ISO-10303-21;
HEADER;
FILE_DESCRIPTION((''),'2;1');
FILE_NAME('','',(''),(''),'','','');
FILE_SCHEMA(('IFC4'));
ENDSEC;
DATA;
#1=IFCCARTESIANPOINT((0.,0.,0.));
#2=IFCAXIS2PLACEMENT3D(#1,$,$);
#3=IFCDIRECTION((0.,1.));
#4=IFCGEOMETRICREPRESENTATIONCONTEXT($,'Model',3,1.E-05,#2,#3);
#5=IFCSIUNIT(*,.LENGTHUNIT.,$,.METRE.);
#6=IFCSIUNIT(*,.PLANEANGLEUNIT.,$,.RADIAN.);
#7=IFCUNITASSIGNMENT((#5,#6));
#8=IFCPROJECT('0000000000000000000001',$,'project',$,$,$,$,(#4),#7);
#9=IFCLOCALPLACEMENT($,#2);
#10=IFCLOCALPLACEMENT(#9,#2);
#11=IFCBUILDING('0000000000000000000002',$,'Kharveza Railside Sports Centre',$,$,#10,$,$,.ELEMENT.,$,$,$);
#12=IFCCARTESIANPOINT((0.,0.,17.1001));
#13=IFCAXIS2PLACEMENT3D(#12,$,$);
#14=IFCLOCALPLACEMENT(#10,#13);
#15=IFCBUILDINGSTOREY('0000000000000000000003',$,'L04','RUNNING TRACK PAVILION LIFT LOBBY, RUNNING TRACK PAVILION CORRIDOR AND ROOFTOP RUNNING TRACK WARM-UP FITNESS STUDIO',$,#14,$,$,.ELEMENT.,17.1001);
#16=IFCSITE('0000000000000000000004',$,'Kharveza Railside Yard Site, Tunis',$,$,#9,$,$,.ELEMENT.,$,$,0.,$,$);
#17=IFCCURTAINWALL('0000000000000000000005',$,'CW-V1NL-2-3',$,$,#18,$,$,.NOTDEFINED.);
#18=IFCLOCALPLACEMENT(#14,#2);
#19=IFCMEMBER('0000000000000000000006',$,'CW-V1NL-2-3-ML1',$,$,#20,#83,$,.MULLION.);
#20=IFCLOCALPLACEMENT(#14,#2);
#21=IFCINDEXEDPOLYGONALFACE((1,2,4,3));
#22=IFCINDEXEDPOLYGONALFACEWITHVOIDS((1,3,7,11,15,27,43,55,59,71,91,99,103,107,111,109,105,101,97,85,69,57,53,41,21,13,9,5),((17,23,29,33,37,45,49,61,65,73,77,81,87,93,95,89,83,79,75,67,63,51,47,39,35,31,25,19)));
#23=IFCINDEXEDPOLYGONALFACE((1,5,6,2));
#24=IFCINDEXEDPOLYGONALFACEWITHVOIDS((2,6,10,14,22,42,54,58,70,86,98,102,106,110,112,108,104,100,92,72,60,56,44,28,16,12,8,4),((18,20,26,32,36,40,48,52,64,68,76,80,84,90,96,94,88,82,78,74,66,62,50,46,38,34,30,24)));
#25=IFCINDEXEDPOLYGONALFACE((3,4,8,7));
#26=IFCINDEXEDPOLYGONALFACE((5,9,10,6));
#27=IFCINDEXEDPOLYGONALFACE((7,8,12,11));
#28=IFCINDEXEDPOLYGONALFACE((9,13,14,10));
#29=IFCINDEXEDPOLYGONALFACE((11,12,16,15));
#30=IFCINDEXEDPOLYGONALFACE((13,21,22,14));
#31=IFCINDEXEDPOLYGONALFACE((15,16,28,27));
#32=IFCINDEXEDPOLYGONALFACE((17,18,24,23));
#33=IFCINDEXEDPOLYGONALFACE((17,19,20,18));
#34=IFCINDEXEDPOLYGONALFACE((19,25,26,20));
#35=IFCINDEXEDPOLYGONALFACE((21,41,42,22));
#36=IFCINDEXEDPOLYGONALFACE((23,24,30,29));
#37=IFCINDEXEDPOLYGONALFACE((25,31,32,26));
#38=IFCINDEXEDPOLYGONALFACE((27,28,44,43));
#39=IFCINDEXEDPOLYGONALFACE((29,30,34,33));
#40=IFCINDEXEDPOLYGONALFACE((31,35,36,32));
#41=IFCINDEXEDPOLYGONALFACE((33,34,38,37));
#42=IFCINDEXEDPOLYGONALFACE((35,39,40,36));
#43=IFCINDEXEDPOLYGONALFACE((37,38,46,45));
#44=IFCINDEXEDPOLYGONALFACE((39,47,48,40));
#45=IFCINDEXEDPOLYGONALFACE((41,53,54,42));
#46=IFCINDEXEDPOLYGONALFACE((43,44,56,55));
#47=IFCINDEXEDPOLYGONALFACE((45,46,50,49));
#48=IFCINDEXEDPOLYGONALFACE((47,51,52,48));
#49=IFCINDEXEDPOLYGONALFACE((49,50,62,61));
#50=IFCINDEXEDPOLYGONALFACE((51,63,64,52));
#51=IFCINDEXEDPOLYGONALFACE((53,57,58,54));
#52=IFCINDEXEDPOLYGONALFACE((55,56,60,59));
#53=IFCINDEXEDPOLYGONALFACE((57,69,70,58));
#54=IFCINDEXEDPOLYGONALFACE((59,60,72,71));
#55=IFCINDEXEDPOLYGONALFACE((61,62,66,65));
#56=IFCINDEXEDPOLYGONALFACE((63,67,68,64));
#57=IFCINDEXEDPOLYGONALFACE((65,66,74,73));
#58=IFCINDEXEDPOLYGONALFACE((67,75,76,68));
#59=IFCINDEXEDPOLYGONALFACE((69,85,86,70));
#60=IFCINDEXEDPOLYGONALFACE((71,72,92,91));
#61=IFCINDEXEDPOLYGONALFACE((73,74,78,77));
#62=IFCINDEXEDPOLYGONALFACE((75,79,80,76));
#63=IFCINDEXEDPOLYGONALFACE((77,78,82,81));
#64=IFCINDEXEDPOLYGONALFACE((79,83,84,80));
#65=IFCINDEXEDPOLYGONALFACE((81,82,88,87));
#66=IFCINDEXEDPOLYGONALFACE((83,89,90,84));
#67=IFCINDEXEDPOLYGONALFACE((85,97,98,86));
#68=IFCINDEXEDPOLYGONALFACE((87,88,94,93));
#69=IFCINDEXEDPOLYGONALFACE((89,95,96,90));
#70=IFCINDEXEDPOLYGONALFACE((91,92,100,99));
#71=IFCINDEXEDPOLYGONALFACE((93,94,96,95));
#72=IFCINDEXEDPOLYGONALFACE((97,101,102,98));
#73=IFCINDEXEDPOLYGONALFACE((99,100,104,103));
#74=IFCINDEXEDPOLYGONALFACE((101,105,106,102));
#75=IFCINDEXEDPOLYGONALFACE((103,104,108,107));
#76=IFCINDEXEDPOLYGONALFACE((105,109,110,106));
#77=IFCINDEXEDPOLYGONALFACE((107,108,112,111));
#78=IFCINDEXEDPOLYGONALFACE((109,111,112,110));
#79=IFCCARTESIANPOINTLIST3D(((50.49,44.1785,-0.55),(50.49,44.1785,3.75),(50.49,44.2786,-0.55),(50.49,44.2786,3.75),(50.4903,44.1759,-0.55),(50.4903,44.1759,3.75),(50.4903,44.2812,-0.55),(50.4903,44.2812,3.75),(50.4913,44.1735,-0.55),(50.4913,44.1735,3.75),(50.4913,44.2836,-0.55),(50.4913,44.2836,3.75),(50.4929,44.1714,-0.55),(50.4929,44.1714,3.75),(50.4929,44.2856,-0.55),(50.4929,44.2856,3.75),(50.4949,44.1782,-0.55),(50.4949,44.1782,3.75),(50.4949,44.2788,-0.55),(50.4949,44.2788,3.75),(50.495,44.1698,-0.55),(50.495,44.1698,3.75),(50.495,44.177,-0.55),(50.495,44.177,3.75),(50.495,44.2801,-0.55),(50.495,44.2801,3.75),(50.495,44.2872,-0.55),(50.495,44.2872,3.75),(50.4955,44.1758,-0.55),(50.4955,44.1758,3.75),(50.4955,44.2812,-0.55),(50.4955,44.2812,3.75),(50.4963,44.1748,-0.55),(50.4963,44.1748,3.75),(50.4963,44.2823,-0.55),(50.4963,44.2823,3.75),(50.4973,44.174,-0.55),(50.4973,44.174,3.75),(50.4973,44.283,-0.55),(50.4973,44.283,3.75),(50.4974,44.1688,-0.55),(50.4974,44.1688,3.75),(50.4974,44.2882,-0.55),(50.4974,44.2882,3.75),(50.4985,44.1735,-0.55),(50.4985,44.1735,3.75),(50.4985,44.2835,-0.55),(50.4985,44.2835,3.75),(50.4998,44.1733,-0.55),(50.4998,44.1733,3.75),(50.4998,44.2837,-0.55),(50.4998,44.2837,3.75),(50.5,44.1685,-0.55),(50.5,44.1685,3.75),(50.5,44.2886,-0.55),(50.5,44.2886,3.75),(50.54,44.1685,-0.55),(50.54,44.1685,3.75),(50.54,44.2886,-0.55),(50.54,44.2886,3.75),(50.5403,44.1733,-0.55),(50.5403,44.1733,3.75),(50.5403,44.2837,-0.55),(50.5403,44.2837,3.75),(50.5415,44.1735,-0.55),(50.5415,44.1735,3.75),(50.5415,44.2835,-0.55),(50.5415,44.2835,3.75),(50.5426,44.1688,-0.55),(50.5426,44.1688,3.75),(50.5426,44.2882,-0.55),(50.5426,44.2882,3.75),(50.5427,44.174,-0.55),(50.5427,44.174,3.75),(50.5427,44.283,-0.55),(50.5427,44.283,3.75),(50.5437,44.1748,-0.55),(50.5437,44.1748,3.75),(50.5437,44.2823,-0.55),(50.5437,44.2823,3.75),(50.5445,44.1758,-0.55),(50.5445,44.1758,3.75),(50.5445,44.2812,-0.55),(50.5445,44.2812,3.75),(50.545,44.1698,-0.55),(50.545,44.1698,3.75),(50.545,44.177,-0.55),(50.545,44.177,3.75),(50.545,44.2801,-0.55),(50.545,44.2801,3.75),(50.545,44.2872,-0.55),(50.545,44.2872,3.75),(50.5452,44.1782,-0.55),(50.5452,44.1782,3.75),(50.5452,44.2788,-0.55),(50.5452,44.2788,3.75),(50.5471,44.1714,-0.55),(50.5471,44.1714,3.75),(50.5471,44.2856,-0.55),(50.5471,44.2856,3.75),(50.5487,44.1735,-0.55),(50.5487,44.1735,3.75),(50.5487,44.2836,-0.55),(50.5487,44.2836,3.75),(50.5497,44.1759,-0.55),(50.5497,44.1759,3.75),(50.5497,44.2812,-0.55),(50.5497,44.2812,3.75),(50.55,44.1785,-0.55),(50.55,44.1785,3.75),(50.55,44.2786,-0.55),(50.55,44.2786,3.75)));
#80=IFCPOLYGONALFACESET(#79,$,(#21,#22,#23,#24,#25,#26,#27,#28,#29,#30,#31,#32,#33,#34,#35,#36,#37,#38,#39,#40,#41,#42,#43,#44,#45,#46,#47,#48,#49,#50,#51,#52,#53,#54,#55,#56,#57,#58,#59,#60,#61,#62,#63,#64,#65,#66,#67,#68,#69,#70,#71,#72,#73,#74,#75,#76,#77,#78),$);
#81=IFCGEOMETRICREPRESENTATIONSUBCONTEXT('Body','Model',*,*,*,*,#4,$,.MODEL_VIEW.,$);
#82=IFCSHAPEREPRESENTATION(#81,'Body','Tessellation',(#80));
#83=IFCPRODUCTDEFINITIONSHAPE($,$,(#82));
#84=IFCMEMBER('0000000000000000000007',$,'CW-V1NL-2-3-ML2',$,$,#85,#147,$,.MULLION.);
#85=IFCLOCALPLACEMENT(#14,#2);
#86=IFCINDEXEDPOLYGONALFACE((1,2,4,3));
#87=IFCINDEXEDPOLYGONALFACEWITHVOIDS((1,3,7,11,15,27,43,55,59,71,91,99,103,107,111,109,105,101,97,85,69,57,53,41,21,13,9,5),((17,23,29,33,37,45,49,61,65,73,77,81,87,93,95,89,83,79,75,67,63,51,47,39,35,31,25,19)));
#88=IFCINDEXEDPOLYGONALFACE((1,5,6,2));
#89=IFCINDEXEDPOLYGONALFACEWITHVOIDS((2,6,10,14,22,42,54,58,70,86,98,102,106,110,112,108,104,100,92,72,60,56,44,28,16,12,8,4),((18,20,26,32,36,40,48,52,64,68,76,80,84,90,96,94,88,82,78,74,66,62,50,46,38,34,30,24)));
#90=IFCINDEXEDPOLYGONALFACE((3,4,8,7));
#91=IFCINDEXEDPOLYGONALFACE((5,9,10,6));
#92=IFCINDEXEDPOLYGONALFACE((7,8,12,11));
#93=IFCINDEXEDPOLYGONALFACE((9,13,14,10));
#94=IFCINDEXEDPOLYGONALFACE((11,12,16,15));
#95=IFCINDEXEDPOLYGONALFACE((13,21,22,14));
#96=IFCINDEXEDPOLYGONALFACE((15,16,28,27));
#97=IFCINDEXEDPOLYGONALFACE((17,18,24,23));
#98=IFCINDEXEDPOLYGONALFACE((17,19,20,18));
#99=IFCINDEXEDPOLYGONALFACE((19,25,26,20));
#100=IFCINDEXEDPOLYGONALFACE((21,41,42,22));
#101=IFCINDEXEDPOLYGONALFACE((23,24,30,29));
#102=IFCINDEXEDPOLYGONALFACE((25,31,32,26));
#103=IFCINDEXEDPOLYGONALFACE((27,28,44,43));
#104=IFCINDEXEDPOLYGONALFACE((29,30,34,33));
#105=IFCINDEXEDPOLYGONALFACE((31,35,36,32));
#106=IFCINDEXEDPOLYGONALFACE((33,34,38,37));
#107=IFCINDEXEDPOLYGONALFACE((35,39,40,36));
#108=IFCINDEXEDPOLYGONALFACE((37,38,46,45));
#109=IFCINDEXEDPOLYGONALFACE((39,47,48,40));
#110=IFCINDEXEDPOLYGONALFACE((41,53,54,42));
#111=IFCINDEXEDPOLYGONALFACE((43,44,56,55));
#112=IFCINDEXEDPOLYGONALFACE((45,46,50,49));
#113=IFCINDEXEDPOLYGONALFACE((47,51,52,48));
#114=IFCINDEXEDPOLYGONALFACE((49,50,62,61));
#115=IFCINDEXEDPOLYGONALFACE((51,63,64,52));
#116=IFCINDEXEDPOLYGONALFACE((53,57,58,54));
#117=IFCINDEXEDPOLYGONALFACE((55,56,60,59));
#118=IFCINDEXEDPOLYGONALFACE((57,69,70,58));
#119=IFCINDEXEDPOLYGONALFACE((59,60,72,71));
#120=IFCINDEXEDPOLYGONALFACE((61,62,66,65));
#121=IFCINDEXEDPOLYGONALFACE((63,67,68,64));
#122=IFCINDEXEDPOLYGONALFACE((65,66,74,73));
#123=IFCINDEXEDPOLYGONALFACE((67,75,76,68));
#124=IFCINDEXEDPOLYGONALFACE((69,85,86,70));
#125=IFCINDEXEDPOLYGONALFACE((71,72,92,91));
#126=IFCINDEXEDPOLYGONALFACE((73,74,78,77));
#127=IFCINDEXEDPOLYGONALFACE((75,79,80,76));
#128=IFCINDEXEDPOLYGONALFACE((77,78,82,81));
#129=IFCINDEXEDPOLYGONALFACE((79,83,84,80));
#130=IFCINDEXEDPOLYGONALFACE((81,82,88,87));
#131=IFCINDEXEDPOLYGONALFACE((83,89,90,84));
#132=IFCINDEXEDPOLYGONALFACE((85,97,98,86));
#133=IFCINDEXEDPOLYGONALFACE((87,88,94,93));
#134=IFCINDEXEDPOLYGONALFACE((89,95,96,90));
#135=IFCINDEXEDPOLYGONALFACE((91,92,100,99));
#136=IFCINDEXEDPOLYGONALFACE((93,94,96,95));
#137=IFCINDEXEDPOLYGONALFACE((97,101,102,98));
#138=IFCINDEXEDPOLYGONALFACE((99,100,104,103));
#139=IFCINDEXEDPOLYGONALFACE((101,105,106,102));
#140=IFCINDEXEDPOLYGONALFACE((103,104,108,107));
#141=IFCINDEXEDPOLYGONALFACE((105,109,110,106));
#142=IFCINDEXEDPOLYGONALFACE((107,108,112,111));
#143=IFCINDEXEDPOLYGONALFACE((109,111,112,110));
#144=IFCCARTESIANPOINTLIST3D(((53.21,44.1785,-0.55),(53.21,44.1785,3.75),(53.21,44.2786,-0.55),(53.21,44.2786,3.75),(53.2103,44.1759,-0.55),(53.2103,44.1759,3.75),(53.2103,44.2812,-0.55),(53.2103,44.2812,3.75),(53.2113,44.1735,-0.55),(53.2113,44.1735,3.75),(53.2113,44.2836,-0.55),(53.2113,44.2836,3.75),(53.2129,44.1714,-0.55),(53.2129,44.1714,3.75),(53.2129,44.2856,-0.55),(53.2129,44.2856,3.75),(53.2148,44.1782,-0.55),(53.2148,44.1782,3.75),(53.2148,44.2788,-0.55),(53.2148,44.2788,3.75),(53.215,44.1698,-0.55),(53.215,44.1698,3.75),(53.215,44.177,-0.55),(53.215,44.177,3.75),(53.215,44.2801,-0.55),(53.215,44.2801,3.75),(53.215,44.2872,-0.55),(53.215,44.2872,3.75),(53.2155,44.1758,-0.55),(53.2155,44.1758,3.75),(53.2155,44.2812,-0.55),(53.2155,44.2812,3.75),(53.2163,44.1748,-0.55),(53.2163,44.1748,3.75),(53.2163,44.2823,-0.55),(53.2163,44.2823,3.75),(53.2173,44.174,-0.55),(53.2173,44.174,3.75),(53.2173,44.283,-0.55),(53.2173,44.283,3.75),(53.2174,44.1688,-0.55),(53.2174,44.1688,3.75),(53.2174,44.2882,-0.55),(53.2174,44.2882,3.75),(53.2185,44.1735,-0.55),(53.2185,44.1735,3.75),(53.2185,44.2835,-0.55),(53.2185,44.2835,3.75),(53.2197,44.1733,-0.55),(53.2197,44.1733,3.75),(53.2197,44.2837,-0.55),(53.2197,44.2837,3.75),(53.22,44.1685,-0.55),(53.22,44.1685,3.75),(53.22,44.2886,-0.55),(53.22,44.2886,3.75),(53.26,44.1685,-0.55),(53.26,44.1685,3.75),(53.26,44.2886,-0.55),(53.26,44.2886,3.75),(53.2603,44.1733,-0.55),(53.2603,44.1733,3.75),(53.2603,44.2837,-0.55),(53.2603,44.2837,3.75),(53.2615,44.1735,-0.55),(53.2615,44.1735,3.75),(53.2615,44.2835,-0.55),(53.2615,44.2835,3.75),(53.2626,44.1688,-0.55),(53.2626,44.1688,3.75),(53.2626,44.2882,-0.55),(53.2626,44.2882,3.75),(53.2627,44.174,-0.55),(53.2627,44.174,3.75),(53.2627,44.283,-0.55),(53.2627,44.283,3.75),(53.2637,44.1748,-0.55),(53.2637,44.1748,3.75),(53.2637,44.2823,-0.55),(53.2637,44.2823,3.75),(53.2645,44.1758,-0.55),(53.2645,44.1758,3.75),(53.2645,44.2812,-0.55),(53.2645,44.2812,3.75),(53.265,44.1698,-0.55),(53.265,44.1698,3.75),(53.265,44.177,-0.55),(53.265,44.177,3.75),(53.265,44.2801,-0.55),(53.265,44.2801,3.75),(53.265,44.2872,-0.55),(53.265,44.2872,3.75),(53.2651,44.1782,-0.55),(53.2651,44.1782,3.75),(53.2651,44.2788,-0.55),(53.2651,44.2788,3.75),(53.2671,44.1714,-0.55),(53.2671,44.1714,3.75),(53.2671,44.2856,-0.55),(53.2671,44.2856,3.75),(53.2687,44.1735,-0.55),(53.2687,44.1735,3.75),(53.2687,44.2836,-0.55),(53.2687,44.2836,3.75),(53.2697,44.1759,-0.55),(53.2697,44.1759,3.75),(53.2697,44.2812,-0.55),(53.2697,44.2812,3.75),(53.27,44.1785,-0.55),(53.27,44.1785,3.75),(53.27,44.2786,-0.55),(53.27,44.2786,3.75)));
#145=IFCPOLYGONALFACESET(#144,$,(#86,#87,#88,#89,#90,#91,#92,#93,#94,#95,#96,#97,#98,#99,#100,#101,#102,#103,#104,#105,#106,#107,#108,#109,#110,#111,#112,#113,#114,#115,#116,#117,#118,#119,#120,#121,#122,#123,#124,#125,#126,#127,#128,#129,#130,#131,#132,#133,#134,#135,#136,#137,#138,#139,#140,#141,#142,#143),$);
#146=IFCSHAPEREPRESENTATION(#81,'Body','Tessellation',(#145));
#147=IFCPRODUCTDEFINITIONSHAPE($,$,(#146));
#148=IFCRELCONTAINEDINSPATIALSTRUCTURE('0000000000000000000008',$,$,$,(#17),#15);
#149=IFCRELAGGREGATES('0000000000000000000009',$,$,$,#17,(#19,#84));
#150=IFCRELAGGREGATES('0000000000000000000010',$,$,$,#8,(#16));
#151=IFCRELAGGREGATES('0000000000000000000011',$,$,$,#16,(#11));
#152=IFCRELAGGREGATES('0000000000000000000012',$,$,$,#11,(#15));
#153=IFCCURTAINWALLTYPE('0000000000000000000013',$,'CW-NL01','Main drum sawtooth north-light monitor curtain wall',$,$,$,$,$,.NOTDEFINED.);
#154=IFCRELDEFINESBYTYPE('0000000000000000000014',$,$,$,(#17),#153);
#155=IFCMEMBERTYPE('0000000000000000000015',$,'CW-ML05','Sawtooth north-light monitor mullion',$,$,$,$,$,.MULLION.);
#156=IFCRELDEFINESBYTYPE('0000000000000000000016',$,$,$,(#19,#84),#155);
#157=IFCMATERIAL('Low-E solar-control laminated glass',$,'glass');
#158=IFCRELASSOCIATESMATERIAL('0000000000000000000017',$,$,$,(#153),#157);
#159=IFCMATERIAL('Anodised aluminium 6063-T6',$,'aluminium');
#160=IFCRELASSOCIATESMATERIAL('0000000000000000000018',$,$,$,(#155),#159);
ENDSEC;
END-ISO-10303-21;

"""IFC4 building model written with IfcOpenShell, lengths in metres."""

from ifc_helpers import new_model, si_unit, direction, frame, origin, origin_2d, place, context, subcontext, project, spatial, hollow_rectangle, extrude, material, material_profile, profile_set, type_object, element, aggregate, save


model = new_model("IFC4")

# Units and contexts
model_context = context("Model", 3, precision=1e-05, world=origin(), true_north=direction((0.0, 1.0)))
body_context = subcontext(model_context, "Body", "Model", "MODEL_VIEW")
ifc_project = project(units=[si_unit("LENGTHUNIT", "METRE"), si_unit("PLANEANGLEUNIT", "RADIAN")], contexts=[model_context])

# Site, building, storey
site_placement = place(None, origin())
site = spatial("IfcSite", under=ifc_project, at=site_placement, Name="Kharveza Railside Yard Site, Tunis", CompositionType="ELEMENT", RefElevation=0.0)
building_placement = place(site_placement, origin())
building = spatial("IfcBuilding", under=site, at=building_placement, Name="Kharveza Railside Sports Centre", CompositionType="ELEMENT")
storey_placement = place(building_placement, frame((0.0, 0.0, 17.1001)))
storey = spatial("IfcBuildingStorey", under=building, at=storey_placement, Name="L04", Description="RUNNING TRACK PAVILION LIFT LOBBY, RUNNING TRACK PAVILION CORRIDOR AND ROOFTOP RUNNING TRACK WARM-UP FITNESS STUDIO", CompositionType="ELEMENT", Elevation=17.1001)

# Curtain wall, members
ifc_material_1 = material(Name="Low-E solar-control laminated glass", Category="glass")
curtain_wall_type = type_object("IfcCurtainWallType", Name="CW-NL01", Description="Main drum sawtooth north-light monitor curtain wall", PredefinedType="NOTDEFINED", material=ifc_material_1)
ifc_material_2 = material(Name="Anodised aluminium 6063-T6", Category="aluminium")
ifc_material_profile_1 = material_profile(ifc_material_2, hollow_rectangle(XDim=0.0601, YDim=0.1201, WallThickness=0.0049, InnerFilletRadius=0.0049, OuterFilletRadius=0.01, at=origin_2d()), Name="RHS 60x120x5.0")
ifc_profile_set_1 = profile_set([ifc_material_profile_1], Name="Anodised aluminium 6063-T6")
member_type_1 = type_object("IfcMemberType", Name="CW-ML05", Description="Sawtooth north-light monitor mullion", PredefinedType="MULLION", material=ifc_profile_set_1)
curtain_wall_1_placement = place(storey_placement, origin())
curtain_wall_1 = element("IfcCurtainWall", 1, at=curtain_wall_1_placement, inside=storey, type_object=curtain_wall_type, Name="CW-V1NL-2-3", PredefinedType="NOTDEFINED")
member_1_placement = place(storey_placement, frame((50.52, 44.2285, -0.55), z_axis=(0.0, 0.0, 1.0), x_axis=(1.0, 0.0, 0.0)))
member_1 = element("IfcMember", 2, at=member_1_placement, type_object=member_type_1, Name="CW-V1NL-2-3-ML1", PredefinedType="MULLION", context=body_context, shape_type="SweptSolid", body=[
    extrude(hollow_rectangle(XDim=0.0601, YDim=0.1201, WallThickness=0.0049, InnerFilletRadius=0.0049, OuterFilletRadius=0.01, at=origin_2d()), origin(), (0.0, 0.0, 1.0), 4.3),
])
member_2_placement = place(storey_placement, frame((53.24, 44.2285, -0.55), z_axis=(0.0, 0.0, 1.0), x_axis=(1.0, 0.0, 0.0)))
member_2 = element("IfcMember", 3, at=member_2_placement, type_object=member_type_1, Name="CW-V1NL-2-3-ML2", PredefinedType="MULLION", context=body_context, shape_type="SweptSolid", body=[
    extrude(hollow_rectangle(XDim=0.0601, YDim=0.1201, WallThickness=0.0049, InnerFilletRadius=0.0049, OuterFilletRadius=0.01, at=origin_2d()), origin(), (0.0, 0.0, 1.0), 4.3),
])

aggregate(curtain_wall_1, [member_1, member_2])

save(model, "model.ifc")
